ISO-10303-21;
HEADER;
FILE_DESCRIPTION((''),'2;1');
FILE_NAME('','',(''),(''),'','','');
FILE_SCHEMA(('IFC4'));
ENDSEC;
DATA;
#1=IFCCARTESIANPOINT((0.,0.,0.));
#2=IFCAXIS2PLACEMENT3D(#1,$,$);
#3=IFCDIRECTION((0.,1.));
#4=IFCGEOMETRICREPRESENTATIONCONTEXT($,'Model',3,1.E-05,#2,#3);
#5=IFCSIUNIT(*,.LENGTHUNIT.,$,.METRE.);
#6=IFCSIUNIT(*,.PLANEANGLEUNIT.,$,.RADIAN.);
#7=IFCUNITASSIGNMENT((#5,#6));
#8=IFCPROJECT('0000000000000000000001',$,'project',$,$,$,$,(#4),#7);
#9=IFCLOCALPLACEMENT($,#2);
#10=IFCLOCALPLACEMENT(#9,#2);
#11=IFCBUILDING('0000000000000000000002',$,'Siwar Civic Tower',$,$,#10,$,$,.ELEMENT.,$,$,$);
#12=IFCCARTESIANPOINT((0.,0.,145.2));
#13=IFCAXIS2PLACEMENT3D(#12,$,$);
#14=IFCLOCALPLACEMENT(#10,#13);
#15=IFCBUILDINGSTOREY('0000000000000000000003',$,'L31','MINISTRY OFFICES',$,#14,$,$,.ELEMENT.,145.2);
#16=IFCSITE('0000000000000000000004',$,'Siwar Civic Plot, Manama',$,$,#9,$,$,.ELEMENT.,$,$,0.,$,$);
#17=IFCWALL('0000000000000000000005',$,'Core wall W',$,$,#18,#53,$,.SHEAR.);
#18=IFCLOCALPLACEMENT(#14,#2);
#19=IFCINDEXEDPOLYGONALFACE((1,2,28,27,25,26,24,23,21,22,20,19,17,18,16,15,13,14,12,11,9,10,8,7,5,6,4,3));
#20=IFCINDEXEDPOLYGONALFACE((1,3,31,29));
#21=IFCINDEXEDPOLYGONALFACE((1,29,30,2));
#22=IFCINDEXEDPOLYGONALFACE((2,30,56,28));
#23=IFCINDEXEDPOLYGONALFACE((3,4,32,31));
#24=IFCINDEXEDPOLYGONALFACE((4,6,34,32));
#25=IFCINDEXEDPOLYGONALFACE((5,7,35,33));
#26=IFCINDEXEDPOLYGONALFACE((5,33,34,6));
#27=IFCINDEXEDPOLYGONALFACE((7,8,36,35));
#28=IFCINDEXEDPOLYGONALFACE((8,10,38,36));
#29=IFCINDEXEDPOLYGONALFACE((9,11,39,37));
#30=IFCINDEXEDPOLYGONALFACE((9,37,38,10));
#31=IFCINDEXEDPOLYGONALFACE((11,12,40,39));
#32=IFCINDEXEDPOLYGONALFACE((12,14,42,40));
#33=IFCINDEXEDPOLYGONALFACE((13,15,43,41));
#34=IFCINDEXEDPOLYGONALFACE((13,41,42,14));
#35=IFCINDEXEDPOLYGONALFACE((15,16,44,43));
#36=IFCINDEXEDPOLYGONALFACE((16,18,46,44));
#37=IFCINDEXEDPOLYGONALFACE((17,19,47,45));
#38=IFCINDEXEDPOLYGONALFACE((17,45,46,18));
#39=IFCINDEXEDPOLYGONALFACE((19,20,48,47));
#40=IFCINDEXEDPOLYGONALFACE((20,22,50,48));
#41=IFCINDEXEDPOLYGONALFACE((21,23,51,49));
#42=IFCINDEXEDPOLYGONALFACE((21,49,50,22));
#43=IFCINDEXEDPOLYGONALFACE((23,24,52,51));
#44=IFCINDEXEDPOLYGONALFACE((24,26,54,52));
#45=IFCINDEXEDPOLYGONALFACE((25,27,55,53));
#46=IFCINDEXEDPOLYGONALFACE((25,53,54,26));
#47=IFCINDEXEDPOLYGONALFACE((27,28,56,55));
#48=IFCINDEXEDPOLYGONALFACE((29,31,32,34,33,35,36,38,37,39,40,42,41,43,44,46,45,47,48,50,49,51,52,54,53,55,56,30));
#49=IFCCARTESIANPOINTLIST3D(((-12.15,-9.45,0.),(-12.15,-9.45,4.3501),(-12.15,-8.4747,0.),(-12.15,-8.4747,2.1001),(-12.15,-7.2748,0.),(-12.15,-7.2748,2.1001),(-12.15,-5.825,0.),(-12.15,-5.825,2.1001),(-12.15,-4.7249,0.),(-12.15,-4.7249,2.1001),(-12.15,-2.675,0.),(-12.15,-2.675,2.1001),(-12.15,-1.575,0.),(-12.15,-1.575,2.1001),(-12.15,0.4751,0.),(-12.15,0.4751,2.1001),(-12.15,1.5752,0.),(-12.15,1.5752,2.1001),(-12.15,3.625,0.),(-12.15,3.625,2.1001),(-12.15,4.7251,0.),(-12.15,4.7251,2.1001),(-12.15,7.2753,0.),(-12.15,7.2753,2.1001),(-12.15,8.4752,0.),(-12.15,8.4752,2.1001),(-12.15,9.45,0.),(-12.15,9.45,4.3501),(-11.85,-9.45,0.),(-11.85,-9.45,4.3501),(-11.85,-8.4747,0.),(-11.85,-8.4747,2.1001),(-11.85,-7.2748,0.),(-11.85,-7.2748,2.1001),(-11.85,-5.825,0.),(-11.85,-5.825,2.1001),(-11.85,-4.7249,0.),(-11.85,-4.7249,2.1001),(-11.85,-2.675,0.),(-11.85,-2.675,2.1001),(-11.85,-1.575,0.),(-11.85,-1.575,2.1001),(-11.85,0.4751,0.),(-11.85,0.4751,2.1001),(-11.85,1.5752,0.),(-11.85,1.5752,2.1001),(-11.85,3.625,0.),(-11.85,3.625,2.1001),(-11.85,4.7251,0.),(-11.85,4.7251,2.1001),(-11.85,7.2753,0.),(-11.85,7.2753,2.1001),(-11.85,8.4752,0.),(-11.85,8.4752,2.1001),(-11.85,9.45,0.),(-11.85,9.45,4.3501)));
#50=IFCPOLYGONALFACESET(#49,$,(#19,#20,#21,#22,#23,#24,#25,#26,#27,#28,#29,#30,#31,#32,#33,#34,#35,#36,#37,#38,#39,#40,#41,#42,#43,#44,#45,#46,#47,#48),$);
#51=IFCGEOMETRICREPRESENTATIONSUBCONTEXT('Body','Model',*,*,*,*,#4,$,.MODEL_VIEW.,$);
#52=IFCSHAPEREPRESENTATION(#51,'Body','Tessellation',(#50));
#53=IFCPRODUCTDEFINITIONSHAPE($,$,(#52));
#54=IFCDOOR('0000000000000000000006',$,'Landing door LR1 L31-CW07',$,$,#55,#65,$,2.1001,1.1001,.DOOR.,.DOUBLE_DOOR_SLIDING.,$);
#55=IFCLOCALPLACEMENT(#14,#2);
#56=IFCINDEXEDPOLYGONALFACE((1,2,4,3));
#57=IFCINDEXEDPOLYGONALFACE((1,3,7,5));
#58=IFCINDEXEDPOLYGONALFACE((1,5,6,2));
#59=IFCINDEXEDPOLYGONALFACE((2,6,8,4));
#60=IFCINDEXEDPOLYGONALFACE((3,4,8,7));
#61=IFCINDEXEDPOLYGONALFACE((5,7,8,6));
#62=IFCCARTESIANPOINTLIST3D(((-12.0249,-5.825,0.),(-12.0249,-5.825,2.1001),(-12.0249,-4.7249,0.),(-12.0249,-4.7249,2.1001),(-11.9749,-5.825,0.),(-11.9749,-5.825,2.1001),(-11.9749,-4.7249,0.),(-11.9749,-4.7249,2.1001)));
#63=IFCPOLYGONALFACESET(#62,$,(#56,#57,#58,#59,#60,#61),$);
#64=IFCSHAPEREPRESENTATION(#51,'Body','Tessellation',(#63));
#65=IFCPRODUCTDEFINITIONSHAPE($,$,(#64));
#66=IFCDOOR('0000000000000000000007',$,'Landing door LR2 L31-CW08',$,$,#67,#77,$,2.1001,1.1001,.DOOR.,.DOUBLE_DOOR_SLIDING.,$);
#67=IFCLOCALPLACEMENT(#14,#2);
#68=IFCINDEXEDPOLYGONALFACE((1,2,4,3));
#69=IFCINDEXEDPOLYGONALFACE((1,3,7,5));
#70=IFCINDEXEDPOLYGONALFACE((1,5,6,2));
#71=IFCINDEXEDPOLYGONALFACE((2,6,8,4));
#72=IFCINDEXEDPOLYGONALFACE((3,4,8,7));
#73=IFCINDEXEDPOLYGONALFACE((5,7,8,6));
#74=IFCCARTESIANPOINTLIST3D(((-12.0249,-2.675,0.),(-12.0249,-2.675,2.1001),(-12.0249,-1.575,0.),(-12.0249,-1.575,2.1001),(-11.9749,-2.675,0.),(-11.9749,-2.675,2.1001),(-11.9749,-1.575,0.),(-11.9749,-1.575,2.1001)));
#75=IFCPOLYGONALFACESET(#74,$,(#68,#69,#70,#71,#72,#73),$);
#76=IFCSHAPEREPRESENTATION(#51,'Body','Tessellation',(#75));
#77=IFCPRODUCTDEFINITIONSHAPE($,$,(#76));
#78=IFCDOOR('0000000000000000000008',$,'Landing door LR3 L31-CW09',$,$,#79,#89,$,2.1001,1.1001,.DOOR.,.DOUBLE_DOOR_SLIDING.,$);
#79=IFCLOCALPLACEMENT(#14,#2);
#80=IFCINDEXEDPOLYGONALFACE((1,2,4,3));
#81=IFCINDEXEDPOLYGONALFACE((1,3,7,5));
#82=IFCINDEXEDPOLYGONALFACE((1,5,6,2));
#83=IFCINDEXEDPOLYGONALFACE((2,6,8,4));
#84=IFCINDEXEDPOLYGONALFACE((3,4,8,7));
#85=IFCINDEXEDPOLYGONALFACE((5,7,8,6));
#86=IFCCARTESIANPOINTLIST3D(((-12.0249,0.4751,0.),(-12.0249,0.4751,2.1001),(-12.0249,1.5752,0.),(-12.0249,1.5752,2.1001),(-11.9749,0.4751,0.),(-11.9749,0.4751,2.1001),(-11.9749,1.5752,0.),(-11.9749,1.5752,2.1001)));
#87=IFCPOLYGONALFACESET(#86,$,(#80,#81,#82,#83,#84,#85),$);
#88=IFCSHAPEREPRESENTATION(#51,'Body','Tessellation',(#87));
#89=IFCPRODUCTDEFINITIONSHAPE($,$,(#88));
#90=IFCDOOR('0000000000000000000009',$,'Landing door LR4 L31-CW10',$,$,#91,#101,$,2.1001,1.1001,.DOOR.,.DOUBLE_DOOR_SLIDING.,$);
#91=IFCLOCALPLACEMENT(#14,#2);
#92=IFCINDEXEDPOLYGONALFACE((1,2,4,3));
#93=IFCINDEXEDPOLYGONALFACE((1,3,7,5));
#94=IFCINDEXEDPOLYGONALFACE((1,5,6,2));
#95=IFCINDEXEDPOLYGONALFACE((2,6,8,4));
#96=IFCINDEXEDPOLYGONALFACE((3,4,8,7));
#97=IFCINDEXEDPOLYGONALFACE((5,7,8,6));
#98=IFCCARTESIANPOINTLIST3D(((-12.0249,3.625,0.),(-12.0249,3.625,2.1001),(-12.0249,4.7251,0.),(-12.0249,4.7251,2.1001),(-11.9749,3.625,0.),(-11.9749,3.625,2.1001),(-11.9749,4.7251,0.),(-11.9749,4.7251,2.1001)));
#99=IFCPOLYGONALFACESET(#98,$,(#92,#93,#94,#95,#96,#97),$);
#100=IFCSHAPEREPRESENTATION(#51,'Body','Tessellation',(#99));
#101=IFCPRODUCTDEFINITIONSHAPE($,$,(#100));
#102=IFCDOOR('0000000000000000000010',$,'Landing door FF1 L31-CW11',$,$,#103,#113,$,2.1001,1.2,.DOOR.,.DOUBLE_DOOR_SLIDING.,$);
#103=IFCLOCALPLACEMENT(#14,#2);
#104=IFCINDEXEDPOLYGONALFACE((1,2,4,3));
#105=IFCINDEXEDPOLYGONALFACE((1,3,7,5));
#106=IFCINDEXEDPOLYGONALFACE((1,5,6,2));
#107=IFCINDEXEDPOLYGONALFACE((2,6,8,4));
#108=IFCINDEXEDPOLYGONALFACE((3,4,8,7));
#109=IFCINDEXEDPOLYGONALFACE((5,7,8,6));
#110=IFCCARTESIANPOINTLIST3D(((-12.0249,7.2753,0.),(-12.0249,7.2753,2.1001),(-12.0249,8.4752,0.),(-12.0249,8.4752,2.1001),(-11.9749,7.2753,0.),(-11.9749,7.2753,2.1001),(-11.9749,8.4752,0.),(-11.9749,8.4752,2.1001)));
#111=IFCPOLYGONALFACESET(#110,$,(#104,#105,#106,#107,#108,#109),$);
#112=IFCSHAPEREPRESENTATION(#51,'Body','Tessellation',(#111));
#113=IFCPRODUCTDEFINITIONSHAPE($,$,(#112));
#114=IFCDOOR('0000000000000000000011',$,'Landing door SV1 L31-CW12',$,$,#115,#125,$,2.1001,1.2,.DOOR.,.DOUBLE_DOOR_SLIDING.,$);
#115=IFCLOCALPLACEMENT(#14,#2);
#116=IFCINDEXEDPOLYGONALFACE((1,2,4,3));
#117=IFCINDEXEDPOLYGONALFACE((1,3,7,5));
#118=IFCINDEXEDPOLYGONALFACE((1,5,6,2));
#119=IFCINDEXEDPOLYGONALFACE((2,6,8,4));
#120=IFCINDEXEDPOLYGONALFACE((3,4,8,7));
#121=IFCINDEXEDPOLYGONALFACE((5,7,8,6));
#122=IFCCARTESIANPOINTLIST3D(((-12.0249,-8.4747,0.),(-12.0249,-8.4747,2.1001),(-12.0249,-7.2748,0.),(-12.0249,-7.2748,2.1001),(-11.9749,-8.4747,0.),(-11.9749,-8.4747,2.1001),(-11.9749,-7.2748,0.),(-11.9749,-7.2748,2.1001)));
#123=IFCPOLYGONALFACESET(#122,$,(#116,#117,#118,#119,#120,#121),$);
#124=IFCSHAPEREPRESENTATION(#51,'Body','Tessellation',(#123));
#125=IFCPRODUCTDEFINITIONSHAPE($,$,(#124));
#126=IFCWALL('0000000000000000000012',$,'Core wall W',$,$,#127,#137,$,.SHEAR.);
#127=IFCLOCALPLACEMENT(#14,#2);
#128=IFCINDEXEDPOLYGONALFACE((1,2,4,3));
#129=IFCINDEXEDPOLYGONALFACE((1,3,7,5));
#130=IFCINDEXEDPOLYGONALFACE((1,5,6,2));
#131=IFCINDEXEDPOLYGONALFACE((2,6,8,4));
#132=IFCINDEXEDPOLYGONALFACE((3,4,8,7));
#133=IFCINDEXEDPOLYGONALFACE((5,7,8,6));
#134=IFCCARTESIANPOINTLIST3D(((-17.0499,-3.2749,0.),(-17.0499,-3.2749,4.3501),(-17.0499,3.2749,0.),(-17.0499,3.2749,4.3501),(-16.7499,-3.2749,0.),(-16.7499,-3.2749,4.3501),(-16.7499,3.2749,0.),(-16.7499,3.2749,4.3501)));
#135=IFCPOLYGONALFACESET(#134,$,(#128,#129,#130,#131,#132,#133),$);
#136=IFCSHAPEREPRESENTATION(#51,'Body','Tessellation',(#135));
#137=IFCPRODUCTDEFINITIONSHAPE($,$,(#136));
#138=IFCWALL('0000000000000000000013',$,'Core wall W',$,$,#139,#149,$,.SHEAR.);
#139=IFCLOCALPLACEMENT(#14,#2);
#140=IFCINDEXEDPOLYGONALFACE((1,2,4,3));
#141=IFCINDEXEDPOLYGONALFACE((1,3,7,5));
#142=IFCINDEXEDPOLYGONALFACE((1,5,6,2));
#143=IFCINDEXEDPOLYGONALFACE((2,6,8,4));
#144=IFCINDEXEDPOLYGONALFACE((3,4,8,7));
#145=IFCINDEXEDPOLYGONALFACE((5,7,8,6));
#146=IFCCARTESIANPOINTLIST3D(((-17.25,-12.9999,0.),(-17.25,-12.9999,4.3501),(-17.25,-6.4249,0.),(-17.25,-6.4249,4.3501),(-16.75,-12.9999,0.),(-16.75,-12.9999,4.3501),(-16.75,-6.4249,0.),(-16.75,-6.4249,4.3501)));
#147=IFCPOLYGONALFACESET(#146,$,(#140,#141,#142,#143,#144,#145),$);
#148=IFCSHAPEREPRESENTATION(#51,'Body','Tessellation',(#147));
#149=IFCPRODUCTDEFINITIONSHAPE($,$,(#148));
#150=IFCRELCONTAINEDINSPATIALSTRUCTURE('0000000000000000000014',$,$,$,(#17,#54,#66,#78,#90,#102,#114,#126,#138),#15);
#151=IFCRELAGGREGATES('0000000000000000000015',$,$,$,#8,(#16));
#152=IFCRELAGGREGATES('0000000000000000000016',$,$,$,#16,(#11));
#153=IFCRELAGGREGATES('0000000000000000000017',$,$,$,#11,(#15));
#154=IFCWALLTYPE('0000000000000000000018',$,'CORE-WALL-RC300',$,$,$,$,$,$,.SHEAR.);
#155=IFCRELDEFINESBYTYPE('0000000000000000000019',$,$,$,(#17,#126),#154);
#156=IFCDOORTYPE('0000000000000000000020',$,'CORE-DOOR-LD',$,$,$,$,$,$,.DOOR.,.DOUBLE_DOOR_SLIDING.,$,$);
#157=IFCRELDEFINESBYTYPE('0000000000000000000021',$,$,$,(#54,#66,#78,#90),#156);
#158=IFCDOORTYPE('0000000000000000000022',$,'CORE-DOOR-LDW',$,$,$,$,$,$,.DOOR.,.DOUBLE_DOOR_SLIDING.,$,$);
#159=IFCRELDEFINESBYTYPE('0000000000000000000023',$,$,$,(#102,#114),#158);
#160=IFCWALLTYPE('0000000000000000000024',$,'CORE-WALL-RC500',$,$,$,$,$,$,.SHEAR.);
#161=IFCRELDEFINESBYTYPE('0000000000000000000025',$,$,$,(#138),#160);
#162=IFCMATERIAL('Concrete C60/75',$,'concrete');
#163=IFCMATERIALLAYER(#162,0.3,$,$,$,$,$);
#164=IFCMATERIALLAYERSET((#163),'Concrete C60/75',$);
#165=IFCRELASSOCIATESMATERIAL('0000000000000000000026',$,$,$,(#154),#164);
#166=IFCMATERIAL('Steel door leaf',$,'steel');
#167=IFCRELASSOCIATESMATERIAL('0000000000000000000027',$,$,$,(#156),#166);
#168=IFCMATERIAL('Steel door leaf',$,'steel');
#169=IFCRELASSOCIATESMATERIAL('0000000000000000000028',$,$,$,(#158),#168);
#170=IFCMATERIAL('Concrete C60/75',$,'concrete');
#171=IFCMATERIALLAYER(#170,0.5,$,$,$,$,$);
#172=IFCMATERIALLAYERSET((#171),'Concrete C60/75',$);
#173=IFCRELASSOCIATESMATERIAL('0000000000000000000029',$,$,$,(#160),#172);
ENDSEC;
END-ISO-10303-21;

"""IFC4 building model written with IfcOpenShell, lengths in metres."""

from ifc_helpers import new_model, si_unit, direction, frame, frame_2d, origin, place, context, subcontext, project, spatial, rectangle, extrude, material, layer, layer_set, type_object, element, fill, save


model = new_model("IFC4")

# Units and contexts
model_context = context("Model", 3, precision=1e-05, world=origin(), true_north=direction((0.0, 1.0)))
body_context = subcontext(model_context, "Body", "Model", "MODEL_VIEW")
ifc_project = project(units=[si_unit("LENGTHUNIT", "METRE"), si_unit("PLANEANGLEUNIT", "RADIAN")], contexts=[model_context])

# Site, building, storey
site_placement = place(None, origin())
site = spatial("IfcSite", under=ifc_project, at=site_placement, Name="Siwar Civic Plot, Manama", CompositionType="ELEMENT", RefElevation=0.0)
building_placement = place(site_placement, origin())
building = spatial("IfcBuilding", under=site, at=building_placement, Name="Siwar Civic Tower", CompositionType="ELEMENT")
storey_placement = place(building_placement, frame((0.0, 0.0, 145.2)))
storey = spatial("IfcBuildingStorey", under=building, at=storey_placement, Name="L31", Description="MINISTRY OFFICES", CompositionType="ELEMENT", Elevation=145.2)

# Wall, openings, doors
ifc_material_1 = material(Name="Concrete C60/75", Category="concrete")
ifc_layer_1 = layer(ifc_material_1, 0.3)
ifc_layer_set_1 = layer_set([ifc_layer_1], Name="Concrete C60/75")
wall_type_1 = type_object("IfcWallType", Name="CORE-WALL-RC300", PredefinedType="SHEAR", material=ifc_layer_set_1)
wall_1_placement = place(storey_placement, frame((-12.0, -9.45, 0.0), z_axis=(0.0, 0.0, 1.0), x_axis=(0.0, 1.0, 0.0)))
wall_1 = element("IfcWall", 1, at=wall_1_placement, inside=storey, type_object=wall_type_1, Name="Core wall W", PredefinedType="SHEAR", context=body_context, shape_type="SweptSolid", body=[
    extrude(rectangle(XDim=18.8999, YDim=0.3, at=frame_2d((9.45, 0.0))), origin(), (0.0, 0.0, 1.0), 4.3501),
])
opening_1_placement = place(wall_1_placement, frame((3.625, 0.0, 0.0)))
opening_1 = element("IfcOpeningElement", 2, at=opening_1_placement, cuts=wall_1, PredefinedType="OPENING", context=body_context, shape_type="SweptSolid", body=[
    extrude(rectangle(XDim=1.1001, YDim=2.1001, at=frame_2d((0.55, 1.05))), frame((0.0, 0.1602, 0.0), z_axis=(0.0, -1.0, 0.0), x_axis=(1.0, 0.0, 0.0)), (0.0, 0.0, 1.0), 0.3201),
])
opening_2_placement = place(wall_1_placement, frame((6.7749, 0.0, 0.0)))
opening_2 = element("IfcOpeningElement", 3, at=opening_2_placement, cuts=wall_1, PredefinedType="OPENING", context=body_context, shape_type="SweptSolid", body=[
    extrude(rectangle(XDim=1.1001, YDim=2.1001, at=frame_2d((0.55, 1.05))), frame((0.0, 0.1602, 0.0), z_axis=(0.0, -1.0, 0.0), x_axis=(1.0, 0.0, 0.0)), (0.0, 0.0, 1.0), 0.3201),
])
opening_3_placement = place(wall_1_placement, frame((9.925, 0.0, 0.0)))
opening_3 = element("IfcOpeningElement", 4, at=opening_3_placement, cuts=wall_1, PredefinedType="OPENING", context=body_context, shape_type="SweptSolid", body=[
    extrude(rectangle(XDim=1.1001, YDim=2.1001, at=frame_2d((0.55, 1.05))), frame((0.0, 0.1602, 0.0), z_axis=(0.0, -1.0, 0.0), x_axis=(1.0, 0.0, 0.0)), (0.0, 0.0, 1.0), 0.3201),
])
opening_4_placement = place(wall_1_placement, frame((13.075, 0.0, 0.0)))
opening_4 = element("IfcOpeningElement", 5, at=opening_4_placement, cuts=wall_1, PredefinedType="OPENING", context=body_context, shape_type="SweptSolid", body=[
    extrude(rectangle(XDim=1.1001, YDim=2.1001, at=frame_2d((0.55, 1.05))), frame((0.0, 0.1602, 0.0), z_axis=(0.0, -1.0, 0.0), x_axis=(1.0, 0.0, 0.0)), (0.0, 0.0, 1.0), 0.3201),
])
opening_5_placement = place(wall_1_placement, frame((16.7251, 0.0, 0.0)))
opening_5 = element("IfcOpeningElement", 6, at=opening_5_placement, cuts=wall_1, PredefinedType="OPENING", context=body_context, shape_type="SweptSolid", body=[
    extrude(rectangle(XDim=1.2, YDim=2.1001, at=frame_2d((0.6001, 1.05))), frame((0.0, 0.1602, 0.0), z_axis=(0.0, -1.0, 0.0), x_axis=(1.0, 0.0, 0.0)), (0.0, 0.0, 1.0), 0.3201),
])
opening_6_placement = place(wall_1_placement, frame((0.9751, 0.0, 0.0)))
opening_6 = element("IfcOpeningElement", 7, at=opening_6_placement, cuts=wall_1, PredefinedType="OPENING", context=body_context, shape_type="SweptSolid", body=[
    extrude(rectangle(XDim=1.2, YDim=2.1001, at=frame_2d((0.6001, 1.05))), frame((0.0, 0.1602, 0.0), z_axis=(0.0, -1.0, 0.0), x_axis=(1.0, 0.0, 0.0)), (0.0, 0.0, 1.0), 0.3201),
])
ifc_material_2 = material(Name="Steel door leaf", Category="steel")
door_type_1 = type_object("IfcDoorType", Name="CORE-DOOR-LD", OperationType="DOUBLE_DOOR_SLIDING", PredefinedType="DOOR", material=ifc_material_2)
door_1_placement = place(opening_1_placement, origin())
door_1 = element("IfcDoor", 8, at=door_1_placement, inside=storey, type_object=door_type_1, Name="Landing door LR1 L31-CW07", OperationType="DOUBLE_DOOR_SLIDING", OverallHeight=2.1001, OverallWidth=1.1001, PredefinedType="DOOR", context=body_context, shape_type="SweptSolid", body=[
    extrude(rectangle(XDim=1.1001, YDim=2.1001, at=frame_2d((0.55, 1.05))), frame((0.0, 0.0249, 0.0), z_axis=(0.0, -1.0, 0.0), x_axis=(1.0, 0.0, 0.0)), (0.0, 0.0, 1.0), 0.05),
])
fill(opening_1, door_1)
door_2_placement = place(opening_2_placement, origin())
door_2 = element("IfcDoor", 9, at=door_2_placement, inside=storey, type_object=door_type_1, Name="Landing door LR2 L31-CW08", OperationType="DOUBLE_DOOR_SLIDING", OverallHeight=2.1001, OverallWidth=1.1001, PredefinedType="DOOR", context=body_context, shape_type="SweptSolid", body=[
    extrude(rectangle(XDim=1.1001, YDim=2.1001, at=frame_2d((0.55, 1.05))), frame((0.0, 0.0249, 0.0), z_axis=(0.0, -1.0, 0.0), x_axis=(1.0, 0.0, 0.0)), (0.0, 0.0, 1.0), 0.05),
])
fill(opening_2, door_2)
door_3_placement = place(opening_3_placement, origin())
door_3 = element("IfcDoor", 10, at=door_3_placement, inside=storey, type_object=door_type_1, Name="Landing door LR3 L31-CW09", OperationType="DOUBLE_DOOR_SLIDING", OverallHeight=2.1001, OverallWidth=1.1001, PredefinedType="DOOR", context=body_context, shape_type="SweptSolid", body=[
    extrude(rectangle(XDim=1.1001, YDim=2.1001, at=frame_2d((0.55, 1.05))), frame((0.0, 0.0249, 0.0), z_axis=(0.0, -1.0, 0.0), x_axis=(1.0, 0.0, 0.0)), (0.0, 0.0, 1.0), 0.05),
])
fill(opening_3, door_3)
door_4_placement = place(opening_4_placement, origin())
door_4 = element("IfcDoor", 11, at=door_4_placement, inside=storey, type_object=door_type_1, Name="Landing door LR4 L31-CW10", OperationType="DOUBLE_DOOR_SLIDING", OverallHeight=2.1001, OverallWidth=1.1001, PredefinedType="DOOR", context=body_context, shape_type="SweptSolid", body=[
    extrude(rectangle(XDim=1.1001, YDim=2.1001, at=frame_2d((0.55, 1.05))), frame((0.0, 0.0249, 0.0), z_axis=(0.0, -1.0, 0.0), x_axis=(1.0, 0.0, 0.0)), (0.0, 0.0, 1.0), 0.05),
])
fill(opening_4, door_4)
ifc_material_3 = material(Name="Steel door leaf", Category="steel")
door_type_2 = type_object("IfcDoorType", Name="CORE-DOOR-LDW", OperationType="DOUBLE_DOOR_SLIDING", PredefinedType="DOOR", material=ifc_material_3)
door_5_placement = place(opening_5_placement, origin())
door_5 = element("IfcDoor", 12, at=door_5_placement, inside=storey, type_object=door_type_2, Name="Landing door FF1 L31-CW11", OperationType="DOUBLE_DOOR_SLIDING", OverallHeight=2.1001, OverallWidth=1.2, PredefinedType="DOOR", context=body_context, shape_type="SweptSolid", body=[
    extrude(rectangle(XDim=1.2, YDim=2.1001, at=frame_2d((0.6001, 1.05))), frame((0.0, 0.0249, 0.0), z_axis=(0.0, -1.0, 0.0), x_axis=(1.0, 0.0, 0.0)), (0.0, 0.0, 1.0), 0.05),
])
fill(opening_5, door_5)
door_6_placement = place(opening_6_placement, origin())
door_6 = element("IfcDoor", 13, at=door_6_placement, inside=storey, type_object=door_type_2, Name="Landing door SV1 L31-CW12", OperationType="DOUBLE_DOOR_SLIDING", OverallHeight=2.1001, OverallWidth=1.2, PredefinedType="DOOR", context=body_context, shape_type="SweptSolid", body=[
    extrude(rectangle(XDim=1.2, YDim=2.1001, at=frame_2d((0.6001, 1.05))), frame((0.0, 0.0249, 0.0), z_axis=(0.0, -1.0, 0.0), x_axis=(1.0, 0.0, 0.0)), (0.0, 0.0, 1.0), 0.05),
])
fill(opening_6, door_6)

# Walls
wall_2_placement = place(storey_placement, frame((-16.8999, -3.2749, 0.0), z_axis=(0.0, 0.0, 1.0), x_axis=(0.0, 1.0, 0.0)))
element("IfcWall", 14, at=wall_2_placement, inside=storey, type_object=wall_type_1, Name="Core wall W", PredefinedType="SHEAR", context=body_context, shape_type="SweptSolid", body=[
    extrude(rectangle(XDim=6.5498, YDim=0.3, at=frame_2d((3.2749, 0.0))), origin(), (0.0, 0.0, 1.0), 4.3501),
])
ifc_material_4 = material(Name="Concrete C60/75", Category="concrete")
ifc_layer_2 = layer(ifc_material_4, 0.5)
ifc_layer_set_2 = layer_set([ifc_layer_2], Name="Concrete C60/75")
wall_type_2 = type_object("IfcWallType", Name="CORE-WALL-RC500", PredefinedType="SHEAR", material=ifc_layer_set_2)
wall_3_placement = place(storey_placement, frame((-17.0, -13.0, 0.0), z_axis=(0.0, 0.0, 1.0), x_axis=(0.0, 1.0, 0.0)))
element("IfcWall", 15, at=wall_3_placement, inside=storey, type_object=wall_type_2, Name="Core wall W", PredefinedType="SHEAR", context=body_context, shape_type="SweptSolid", body=[
    extrude(rectangle(XDim=6.575, YDim=0.5, at=frame_2d((3.2876, 0.0))), origin(), (0.0, 0.0, 1.0), 4.3501),
])

save(model, "model.ifc")
